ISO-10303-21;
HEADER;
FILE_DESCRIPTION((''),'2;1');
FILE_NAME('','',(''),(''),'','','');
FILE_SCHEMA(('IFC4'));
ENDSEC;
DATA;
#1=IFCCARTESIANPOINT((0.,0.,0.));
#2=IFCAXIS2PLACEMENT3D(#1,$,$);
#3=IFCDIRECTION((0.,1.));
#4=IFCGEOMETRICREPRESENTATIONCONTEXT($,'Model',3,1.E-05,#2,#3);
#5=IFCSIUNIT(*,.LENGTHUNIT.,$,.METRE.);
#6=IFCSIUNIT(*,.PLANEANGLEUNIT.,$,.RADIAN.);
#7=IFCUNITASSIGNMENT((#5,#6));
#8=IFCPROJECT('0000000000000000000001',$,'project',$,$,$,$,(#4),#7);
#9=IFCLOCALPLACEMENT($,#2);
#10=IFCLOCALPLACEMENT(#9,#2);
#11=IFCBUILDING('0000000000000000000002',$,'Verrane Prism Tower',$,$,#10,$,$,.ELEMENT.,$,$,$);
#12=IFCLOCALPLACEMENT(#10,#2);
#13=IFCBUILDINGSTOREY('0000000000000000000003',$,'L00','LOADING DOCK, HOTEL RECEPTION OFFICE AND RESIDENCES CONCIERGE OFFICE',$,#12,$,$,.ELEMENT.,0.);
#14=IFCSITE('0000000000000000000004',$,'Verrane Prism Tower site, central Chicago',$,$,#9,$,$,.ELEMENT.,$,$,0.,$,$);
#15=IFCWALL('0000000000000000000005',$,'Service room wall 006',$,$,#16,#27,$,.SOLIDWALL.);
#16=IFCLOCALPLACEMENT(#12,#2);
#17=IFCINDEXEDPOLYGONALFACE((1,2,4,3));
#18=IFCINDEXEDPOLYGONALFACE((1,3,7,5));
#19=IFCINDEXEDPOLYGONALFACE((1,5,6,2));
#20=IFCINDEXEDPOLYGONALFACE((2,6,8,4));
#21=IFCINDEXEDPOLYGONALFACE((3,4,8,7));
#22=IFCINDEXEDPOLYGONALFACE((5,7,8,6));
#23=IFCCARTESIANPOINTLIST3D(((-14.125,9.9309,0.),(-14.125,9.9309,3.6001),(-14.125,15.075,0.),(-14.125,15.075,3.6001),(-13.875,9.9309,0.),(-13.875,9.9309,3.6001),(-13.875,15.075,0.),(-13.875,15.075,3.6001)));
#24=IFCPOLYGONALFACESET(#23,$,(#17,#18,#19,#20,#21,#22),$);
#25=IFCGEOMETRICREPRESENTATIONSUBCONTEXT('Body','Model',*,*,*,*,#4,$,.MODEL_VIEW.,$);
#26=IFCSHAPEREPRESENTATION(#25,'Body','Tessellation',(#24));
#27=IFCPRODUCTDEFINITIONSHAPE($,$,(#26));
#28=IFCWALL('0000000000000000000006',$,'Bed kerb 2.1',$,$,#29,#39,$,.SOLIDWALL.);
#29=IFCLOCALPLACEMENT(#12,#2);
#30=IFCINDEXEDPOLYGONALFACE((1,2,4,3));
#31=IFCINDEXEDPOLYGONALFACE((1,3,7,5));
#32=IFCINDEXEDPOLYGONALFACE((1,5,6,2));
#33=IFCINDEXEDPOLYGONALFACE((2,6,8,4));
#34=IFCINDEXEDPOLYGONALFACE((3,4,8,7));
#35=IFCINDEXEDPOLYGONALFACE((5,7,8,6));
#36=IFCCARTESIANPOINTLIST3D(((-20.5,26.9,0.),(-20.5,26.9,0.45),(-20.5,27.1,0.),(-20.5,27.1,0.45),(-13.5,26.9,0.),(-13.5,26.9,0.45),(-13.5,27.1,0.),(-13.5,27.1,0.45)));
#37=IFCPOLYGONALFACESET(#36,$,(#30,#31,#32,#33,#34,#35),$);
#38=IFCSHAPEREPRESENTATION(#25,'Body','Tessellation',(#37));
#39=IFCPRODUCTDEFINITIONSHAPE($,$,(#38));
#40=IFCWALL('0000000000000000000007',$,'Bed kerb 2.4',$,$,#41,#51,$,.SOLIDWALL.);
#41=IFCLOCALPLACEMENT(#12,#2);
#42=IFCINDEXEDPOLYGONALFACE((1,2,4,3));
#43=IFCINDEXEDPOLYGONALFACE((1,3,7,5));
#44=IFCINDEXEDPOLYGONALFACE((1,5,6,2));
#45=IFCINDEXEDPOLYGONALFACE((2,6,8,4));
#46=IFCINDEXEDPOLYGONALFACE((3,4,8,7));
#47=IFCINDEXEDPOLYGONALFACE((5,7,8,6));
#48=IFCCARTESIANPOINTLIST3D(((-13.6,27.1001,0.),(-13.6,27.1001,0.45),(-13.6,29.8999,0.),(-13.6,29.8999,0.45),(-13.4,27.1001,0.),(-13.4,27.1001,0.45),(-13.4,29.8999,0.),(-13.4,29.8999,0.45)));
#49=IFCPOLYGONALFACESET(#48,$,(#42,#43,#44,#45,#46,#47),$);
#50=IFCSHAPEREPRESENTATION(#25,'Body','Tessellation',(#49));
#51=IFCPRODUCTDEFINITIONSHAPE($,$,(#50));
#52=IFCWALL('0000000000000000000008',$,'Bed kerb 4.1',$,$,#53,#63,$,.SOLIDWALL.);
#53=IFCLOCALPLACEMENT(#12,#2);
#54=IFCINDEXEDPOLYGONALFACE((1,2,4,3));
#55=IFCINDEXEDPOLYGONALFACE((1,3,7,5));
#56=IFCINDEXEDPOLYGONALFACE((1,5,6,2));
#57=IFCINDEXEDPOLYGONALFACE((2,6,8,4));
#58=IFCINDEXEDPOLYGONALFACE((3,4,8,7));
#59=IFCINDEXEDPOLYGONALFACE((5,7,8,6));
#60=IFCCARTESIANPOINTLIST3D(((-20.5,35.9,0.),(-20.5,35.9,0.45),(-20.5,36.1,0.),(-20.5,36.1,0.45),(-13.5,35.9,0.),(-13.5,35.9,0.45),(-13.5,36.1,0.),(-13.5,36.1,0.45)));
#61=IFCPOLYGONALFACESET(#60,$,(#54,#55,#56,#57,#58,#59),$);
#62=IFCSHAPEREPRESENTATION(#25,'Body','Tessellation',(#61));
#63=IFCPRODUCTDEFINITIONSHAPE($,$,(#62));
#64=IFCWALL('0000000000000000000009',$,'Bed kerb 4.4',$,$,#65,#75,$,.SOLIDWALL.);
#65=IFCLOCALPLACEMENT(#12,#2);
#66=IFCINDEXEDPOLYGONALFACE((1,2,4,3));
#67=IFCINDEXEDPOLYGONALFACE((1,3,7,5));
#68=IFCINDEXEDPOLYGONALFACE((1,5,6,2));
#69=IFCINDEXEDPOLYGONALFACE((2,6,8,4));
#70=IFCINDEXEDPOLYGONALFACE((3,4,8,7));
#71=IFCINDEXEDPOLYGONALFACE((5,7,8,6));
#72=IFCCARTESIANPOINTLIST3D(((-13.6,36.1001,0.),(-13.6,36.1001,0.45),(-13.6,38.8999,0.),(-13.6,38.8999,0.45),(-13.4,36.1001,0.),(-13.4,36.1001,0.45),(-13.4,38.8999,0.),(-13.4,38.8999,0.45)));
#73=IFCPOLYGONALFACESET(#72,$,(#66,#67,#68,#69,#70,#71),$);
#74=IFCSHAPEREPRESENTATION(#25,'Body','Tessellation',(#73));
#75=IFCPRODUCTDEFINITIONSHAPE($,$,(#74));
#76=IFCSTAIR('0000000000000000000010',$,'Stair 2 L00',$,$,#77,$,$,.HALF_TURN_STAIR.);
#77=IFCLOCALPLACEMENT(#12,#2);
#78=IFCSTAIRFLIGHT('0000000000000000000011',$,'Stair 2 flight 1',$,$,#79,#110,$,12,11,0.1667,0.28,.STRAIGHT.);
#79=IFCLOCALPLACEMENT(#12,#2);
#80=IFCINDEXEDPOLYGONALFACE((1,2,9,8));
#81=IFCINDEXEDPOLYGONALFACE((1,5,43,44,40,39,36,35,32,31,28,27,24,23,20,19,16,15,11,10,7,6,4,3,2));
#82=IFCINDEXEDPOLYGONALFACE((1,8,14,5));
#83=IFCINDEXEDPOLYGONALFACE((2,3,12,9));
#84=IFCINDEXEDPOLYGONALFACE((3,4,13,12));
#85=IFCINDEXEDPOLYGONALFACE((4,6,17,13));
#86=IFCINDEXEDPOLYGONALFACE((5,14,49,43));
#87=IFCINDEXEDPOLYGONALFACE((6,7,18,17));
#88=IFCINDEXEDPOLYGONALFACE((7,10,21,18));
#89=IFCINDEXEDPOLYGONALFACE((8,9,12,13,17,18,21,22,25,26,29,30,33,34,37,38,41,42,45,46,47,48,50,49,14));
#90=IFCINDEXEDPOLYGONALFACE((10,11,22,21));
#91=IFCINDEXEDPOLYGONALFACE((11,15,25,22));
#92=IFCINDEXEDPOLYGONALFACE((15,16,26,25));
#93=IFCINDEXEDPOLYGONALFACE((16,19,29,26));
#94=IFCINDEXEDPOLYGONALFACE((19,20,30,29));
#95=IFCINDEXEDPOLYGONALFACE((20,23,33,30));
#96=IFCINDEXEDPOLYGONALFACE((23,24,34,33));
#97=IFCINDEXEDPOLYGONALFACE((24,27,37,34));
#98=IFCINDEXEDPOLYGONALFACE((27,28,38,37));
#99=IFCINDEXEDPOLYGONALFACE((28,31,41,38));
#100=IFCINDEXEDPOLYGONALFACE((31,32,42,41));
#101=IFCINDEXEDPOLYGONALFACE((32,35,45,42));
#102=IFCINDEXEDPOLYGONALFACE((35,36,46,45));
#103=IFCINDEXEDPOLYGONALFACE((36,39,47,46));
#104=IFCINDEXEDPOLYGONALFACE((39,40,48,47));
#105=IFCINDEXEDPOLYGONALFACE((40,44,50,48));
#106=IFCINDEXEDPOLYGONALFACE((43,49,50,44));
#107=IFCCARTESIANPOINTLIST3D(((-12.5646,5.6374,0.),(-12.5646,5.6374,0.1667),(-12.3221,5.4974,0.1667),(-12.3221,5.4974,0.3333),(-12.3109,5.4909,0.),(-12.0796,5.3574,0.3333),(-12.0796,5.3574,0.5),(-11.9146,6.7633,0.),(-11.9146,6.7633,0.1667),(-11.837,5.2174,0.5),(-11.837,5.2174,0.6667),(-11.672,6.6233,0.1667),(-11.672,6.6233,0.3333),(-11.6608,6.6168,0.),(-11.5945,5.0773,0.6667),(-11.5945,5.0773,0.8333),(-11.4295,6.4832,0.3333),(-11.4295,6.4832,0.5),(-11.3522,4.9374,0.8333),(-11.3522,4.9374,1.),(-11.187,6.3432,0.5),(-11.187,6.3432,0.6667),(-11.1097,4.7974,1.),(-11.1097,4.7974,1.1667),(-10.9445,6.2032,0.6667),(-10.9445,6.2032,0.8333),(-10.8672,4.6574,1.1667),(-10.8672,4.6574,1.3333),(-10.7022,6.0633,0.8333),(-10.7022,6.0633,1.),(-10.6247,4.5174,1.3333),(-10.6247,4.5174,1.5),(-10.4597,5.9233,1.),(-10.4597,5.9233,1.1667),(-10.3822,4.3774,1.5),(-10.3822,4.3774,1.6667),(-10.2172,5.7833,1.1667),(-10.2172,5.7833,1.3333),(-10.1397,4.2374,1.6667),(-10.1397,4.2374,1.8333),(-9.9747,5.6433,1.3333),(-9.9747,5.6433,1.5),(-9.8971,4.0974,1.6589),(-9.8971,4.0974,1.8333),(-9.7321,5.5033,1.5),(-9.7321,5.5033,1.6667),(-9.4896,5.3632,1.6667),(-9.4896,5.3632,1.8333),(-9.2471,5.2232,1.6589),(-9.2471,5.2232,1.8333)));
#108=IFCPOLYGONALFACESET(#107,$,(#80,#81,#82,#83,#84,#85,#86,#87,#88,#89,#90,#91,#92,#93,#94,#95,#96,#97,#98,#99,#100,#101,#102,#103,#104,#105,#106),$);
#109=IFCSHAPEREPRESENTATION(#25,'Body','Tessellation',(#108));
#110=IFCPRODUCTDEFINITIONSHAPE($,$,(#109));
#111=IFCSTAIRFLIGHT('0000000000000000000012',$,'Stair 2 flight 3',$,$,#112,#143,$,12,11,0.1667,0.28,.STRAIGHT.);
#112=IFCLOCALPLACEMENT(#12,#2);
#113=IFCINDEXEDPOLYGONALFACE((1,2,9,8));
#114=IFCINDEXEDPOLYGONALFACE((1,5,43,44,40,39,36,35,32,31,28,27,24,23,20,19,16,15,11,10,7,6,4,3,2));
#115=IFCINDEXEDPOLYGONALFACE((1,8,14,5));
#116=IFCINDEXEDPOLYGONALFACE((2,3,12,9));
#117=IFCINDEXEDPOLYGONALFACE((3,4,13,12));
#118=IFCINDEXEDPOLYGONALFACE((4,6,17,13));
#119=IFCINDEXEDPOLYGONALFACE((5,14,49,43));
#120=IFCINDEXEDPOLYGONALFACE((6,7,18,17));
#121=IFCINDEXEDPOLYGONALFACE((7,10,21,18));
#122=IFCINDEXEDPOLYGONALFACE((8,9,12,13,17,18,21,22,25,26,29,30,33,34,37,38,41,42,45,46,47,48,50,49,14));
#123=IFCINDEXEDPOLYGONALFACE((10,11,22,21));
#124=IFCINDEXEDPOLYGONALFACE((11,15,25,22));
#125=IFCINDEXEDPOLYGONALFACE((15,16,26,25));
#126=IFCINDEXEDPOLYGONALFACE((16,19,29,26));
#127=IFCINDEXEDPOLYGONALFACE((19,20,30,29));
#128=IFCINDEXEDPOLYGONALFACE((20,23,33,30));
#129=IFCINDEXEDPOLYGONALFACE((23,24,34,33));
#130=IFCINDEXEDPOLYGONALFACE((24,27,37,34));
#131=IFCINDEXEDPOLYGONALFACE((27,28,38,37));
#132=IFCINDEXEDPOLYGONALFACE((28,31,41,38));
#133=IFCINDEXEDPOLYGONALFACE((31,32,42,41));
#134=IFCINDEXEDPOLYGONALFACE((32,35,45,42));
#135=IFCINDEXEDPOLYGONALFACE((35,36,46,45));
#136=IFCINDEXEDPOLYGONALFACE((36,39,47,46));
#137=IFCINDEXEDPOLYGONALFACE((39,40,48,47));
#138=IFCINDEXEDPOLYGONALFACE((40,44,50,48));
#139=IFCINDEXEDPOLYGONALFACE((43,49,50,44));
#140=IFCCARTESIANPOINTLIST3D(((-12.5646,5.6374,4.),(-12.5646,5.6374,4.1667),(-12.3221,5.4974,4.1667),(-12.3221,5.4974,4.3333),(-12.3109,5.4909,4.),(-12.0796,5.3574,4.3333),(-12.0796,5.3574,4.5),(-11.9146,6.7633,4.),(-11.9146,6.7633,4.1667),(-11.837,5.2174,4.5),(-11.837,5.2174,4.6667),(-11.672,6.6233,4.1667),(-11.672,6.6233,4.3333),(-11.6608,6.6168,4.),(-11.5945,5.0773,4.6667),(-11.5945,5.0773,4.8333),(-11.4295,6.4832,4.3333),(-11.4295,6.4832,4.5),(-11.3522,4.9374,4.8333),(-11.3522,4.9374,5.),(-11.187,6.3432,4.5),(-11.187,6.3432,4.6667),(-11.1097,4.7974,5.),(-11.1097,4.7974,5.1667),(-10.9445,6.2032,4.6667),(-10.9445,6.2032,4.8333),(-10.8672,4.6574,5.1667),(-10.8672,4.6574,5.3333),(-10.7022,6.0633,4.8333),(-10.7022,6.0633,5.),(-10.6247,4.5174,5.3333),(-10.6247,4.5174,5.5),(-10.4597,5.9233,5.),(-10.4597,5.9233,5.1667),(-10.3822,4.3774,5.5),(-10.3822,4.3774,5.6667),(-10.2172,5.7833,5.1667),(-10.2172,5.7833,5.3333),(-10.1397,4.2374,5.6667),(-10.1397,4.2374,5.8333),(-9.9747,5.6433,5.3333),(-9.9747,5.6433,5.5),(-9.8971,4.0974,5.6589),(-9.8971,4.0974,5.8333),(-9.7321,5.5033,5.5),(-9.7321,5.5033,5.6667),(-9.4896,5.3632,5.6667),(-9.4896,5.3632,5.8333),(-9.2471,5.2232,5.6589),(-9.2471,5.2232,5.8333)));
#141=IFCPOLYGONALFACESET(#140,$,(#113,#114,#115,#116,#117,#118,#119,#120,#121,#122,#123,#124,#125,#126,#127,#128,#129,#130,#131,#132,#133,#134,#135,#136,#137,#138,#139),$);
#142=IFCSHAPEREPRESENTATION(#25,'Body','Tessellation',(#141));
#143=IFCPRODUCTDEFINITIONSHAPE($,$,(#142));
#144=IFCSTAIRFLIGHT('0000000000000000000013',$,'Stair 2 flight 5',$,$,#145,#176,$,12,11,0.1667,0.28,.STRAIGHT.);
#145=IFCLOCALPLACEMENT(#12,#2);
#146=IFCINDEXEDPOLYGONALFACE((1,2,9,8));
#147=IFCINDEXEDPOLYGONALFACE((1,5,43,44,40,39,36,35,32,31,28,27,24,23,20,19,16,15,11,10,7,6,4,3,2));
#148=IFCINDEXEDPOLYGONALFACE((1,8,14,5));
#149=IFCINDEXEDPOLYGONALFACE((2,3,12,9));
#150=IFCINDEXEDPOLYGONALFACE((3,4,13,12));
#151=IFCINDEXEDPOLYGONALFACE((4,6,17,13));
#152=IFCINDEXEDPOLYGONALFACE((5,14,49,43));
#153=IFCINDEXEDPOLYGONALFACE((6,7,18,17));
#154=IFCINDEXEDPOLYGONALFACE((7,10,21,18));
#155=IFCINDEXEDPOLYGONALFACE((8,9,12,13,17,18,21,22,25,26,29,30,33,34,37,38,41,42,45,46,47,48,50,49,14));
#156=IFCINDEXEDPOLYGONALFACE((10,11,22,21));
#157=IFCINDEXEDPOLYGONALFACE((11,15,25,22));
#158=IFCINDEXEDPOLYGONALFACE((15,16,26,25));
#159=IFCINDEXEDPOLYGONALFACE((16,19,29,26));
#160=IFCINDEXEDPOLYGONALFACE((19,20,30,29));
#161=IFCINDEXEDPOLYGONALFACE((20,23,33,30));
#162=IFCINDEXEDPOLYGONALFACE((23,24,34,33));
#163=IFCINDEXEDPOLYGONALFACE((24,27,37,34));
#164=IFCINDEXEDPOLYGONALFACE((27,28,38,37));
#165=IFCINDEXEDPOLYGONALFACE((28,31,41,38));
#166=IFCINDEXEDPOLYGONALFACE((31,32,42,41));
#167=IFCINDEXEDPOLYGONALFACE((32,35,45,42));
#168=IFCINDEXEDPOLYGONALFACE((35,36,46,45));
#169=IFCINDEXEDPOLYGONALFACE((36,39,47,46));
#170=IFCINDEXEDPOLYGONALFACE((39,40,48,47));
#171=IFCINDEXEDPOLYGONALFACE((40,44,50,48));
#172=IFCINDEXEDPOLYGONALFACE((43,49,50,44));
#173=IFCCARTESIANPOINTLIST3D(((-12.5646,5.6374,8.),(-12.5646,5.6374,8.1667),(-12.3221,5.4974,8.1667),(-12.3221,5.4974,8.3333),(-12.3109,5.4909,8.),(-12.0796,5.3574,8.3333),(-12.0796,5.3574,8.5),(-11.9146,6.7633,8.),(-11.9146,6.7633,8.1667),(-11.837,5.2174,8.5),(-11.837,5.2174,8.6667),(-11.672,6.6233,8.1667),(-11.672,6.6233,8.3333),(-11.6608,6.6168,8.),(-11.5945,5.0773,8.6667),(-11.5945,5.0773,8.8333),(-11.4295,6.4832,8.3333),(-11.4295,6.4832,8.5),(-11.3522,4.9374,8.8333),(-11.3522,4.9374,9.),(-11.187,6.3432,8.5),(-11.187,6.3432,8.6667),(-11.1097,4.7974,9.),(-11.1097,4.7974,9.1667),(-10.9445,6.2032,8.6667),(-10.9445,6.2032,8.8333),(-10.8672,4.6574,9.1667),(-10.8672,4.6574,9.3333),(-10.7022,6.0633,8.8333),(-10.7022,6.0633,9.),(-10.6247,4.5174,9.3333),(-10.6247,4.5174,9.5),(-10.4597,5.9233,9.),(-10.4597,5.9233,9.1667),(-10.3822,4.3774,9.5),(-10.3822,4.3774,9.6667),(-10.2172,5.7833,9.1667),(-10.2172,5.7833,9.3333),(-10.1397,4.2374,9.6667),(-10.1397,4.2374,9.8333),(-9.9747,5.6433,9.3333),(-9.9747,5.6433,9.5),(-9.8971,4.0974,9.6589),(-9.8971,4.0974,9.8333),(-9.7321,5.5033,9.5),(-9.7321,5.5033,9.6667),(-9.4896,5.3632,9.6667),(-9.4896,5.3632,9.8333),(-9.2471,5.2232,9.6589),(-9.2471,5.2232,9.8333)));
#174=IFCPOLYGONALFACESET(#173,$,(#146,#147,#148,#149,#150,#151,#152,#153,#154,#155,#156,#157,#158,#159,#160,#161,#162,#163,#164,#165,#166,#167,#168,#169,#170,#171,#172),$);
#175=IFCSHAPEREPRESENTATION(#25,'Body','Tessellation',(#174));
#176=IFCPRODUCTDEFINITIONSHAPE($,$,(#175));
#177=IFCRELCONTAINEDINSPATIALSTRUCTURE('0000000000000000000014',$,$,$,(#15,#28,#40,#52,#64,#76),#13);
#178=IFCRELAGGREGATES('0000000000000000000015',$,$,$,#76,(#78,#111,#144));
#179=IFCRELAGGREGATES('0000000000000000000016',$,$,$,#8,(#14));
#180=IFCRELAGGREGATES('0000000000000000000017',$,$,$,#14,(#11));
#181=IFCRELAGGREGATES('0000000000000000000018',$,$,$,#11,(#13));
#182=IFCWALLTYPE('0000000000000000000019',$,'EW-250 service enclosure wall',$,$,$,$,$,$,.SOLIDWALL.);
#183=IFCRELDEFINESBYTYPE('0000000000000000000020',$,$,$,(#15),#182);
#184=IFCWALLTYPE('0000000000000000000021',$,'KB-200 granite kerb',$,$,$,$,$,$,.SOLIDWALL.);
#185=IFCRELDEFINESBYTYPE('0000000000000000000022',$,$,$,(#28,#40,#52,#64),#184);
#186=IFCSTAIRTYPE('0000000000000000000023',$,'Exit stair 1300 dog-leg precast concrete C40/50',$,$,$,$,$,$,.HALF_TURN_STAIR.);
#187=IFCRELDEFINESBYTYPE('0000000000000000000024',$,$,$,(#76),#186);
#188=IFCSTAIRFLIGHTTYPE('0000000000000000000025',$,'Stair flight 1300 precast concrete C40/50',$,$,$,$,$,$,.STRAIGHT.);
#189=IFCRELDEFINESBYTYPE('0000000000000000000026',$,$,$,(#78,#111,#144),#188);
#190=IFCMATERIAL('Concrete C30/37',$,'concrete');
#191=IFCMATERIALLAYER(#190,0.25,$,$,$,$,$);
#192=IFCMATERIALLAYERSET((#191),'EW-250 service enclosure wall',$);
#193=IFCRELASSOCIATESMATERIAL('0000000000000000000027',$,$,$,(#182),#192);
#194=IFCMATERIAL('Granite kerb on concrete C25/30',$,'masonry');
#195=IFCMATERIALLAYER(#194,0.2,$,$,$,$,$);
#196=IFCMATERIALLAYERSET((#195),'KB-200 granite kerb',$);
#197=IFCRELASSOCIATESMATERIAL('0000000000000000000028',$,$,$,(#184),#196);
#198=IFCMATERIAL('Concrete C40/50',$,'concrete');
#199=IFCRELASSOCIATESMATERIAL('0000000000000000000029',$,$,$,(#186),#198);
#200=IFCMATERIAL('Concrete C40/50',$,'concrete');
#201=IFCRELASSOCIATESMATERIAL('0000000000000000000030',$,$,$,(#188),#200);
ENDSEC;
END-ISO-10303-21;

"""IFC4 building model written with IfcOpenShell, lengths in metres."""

from ifc_helpers import new_model, si_unit, direction, frame, frame_2d, origin, place, context, subcontext, project, spatial, polyline, rectangle, outline, extrude, material, layer, layer_set, type_object, element, aggregate, save


model = new_model("IFC4")

# Units and contexts
model_context = context("Model", 3, precision=1e-05, world=origin(), true_north=direction((0.0, 1.0)))
body_context = subcontext(model_context, "Body", "Model", "MODEL_VIEW")
ifc_project = project(units=[si_unit("LENGTHUNIT", "METRE"), si_unit("PLANEANGLEUNIT", "RADIAN")], contexts=[model_context])

# Site, building, storey
site_placement = place(None, origin())
site = spatial("IfcSite", under=ifc_project, at=site_placement, Name="Verrane Prism Tower site, central Chicago", CompositionType="ELEMENT", RefElevation=0.0)
building_placement = place(site_placement, origin())
building = spatial("IfcBuilding", under=site, at=building_placement, Name="Verrane Prism Tower", CompositionType="ELEMENT")
storey_placement = place(building_placement, origin())
storey = spatial("IfcBuildingStorey", under=building, at=storey_placement, Name="L00", Description="LOADING DOCK, HOTEL RECEPTION OFFICE AND RESIDENCES CONCIERGE OFFICE", CompositionType="ELEMENT", Elevation=0.0)

# Shared definitions
ifc_material_1 = material(Name="Concrete C30/37", Category="concrete")
ifc_layer_1 = layer(ifc_material_1, 0.25)
ifc_layer_set_1 = layer_set([ifc_layer_1], Name="EW-250 service enclosure wall")
wall_type_1 = type_object("IfcWallType", Name="EW-250 service enclosure wall", PredefinedType="SOLIDWALL", material=ifc_layer_set_1)

# Walls
wall_1_placement = place(storey_placement, frame((-14.0, 9.9309, 0.0), z_axis=(0.0, 0.0, 1.0), x_axis=(0.0, 1.0, 0.0)))
element("IfcWall", 1, at=wall_1_placement, inside=storey, type_object=wall_type_1, Name="Service room wall 006", PredefinedType="SOLIDWALL", context=body_context, shape_type="SweptSolid", body=[
    extrude(rectangle(XDim=5.144, YDim=0.25, at=frame_2d((2.572, 0.0))), origin(), (0.0, 0.0, 1.0), 3.6001),
])
ifc_material_2 = material(Name="Granite kerb on concrete C25/30", Category="masonry")
ifc_layer_2 = layer(ifc_material_2, 0.2)
ifc_layer_set_2 = layer_set([ifc_layer_2], Name="KB-200 granite kerb")
wall_type_2 = type_object("IfcWallType", Name="KB-200 granite kerb", PredefinedType="SOLIDWALL", material=ifc_layer_set_2)
wall_2_placement = place(storey_placement, frame((-13.5, 27.0, 0.0), z_axis=(0.0, 0.0, 1.0), x_axis=(-1.0, 0.0, 0.0)))
element("IfcWall", 2, at=wall_2_placement, inside=storey, type_object=wall_type_2, Name="Bed kerb 2.1", PredefinedType="SOLIDWALL", context=body_context, shape_type="SweptSolid", body=[
    extrude(rectangle(XDim=7.0, YDim=0.2, at=frame_2d((3.5, 0.0))), origin(), (0.0, 0.0, 1.0), 0.45),
])
wall_3_placement = place(storey_placement, frame((-13.5, 29.8999, 0.0), z_axis=(0.0, 0.0, 1.0), x_axis=(0.0, -1.0, 0.0)))
element("IfcWall", 3, at=wall_3_placement, inside=storey, type_object=wall_type_2, Name="Bed kerb 2.4", PredefinedType="SOLIDWALL", context=body_context, shape_type="SweptSolid", body=[
    extrude(rectangle(XDim=2.7998, YDim=0.2, at=frame_2d((1.3999, 0.0))), origin(), (0.0, 0.0, 1.0), 0.45),
])
wall_4_placement = place(storey_placement, frame((-13.5, 36.0, 0.0), z_axis=(0.0, 0.0, 1.0), x_axis=(-1.0, 0.0, 0.0)))
element("IfcWall", 4, at=wall_4_placement, inside=storey, type_object=wall_type_2, Name="Bed kerb 4.1", PredefinedType="SOLIDWALL", context=body_context, shape_type="SweptSolid", body=[
    extrude(rectangle(XDim=7.0, YDim=0.2, at=frame_2d((3.5, 0.0))), origin(), (0.0, 0.0, 1.0), 0.45),
])
wall_5_placement = place(storey_placement, frame((-13.5, 38.8999, 0.0), z_axis=(0.0, 0.0, 1.0), x_axis=(0.0, -1.0, 0.0)))
element("IfcWall", 5, at=wall_5_placement, inside=storey, type_object=wall_type_2, Name="Bed kerb 4.4", PredefinedType="SOLIDWALL", context=body_context, shape_type="SweptSolid", body=[
    extrude(rectangle(XDim=2.7998, YDim=0.2, at=frame_2d((1.3999, 0.0))), origin(), (0.0, 0.0, 1.0), 0.45),
])

# Stair, stair flights
ifc_material_3 = material(Name="Concrete C40/50", Category="concrete")
stair_type = type_object("IfcStairType", Name="Exit stair 1300 dog-leg precast concrete C40/50", PredefinedType="HALF_TURN_STAIR", material=ifc_material_3)
stair_placement = place(storey_placement, origin())
stair = element("IfcStair", 6, at=stair_placement, inside=storey, type_object=stair_type, Name="Stair 2 L00", PredefinedType="HALF_TURN_STAIR")
ifc_material_4 = material(Name="Concrete C40/50", Category="concrete")
stair_flight_type = type_object("IfcStairFlightType", Name="Stair flight 1300 precast concrete C40/50", PredefinedType="STRAIGHT", material=ifc_material_4)
stair_flight_1_placement = place(storey_placement, frame((-12.2395, 6.2004, 0.0), z_axis=(0.0, 0.0, 1.0), x_axis=(0.866025, -0.5, 0.0)))
stair_flight_1 = element("IfcStairFlight", 7, at=stair_flight_1_placement, type_object=stair_flight_type, Name="Stair 2 flight 1", NumberOfRisers=12, NumberOfTreads=11, PredefinedType="STRAIGHT", RiserHeight=0.1667, TreadLength=0.28, context=body_context, shape_type="SweptSolid", body=[
    extrude(outline(polyline([(0.0, 0.0), (0.0, 0.1667), (0.28, 0.1667), (0.28, 0.3333), (0.5601, 0.3333), (0.5601, 0.5), (0.8401, 0.5), (0.8401, 0.6667), (1.1201, 0.6667), (1.1201, 0.8333), (1.3999, 0.8333), (1.3999, 1.0), (1.6799, 1.0), (1.6799, 1.1667), (1.96, 1.1667), (1.96, 1.3333), (2.24, 1.3333), (2.24, 1.5), (2.52, 1.5), (2.52, 1.6667), (2.8, 1.6667), (2.8, 1.8333), (3.0801, 1.8333), (3.0801, 2.0), (3.0801, 1.6589), (0.293, 0.0), (0.0, 0.0)])), frame((0.0, 0.6499, 0.0), z_axis=(0.0, -1.0, 0.0), x_axis=(1.0, 0.0, 0.0)), (0.0, 0.0, 1.0), 1.3),
])
stair_flight_2_placement = place(storey_placement, frame((-12.2395, 6.2004, 4.0), z_axis=(0.0, 0.0, 1.0), x_axis=(0.866025, -0.5, 0.0)))
stair_flight_2 = element("IfcStairFlight", 8, at=stair_flight_2_placement, type_object=stair_flight_type, Name="Stair 2 flight 3", NumberOfRisers=12, NumberOfTreads=11, PredefinedType="STRAIGHT", RiserHeight=0.1667, TreadLength=0.28, context=body_context, shape_type="SweptSolid", body=[
    extrude(outline(polyline([(0.0, 0.0), (0.0, 0.1667), (0.28, 0.1667), (0.28, 0.3333), (0.5601, 0.3333), (0.5601, 0.5), (0.8401, 0.5), (0.8401, 0.6667), (1.1201, 0.6667), (1.1201, 0.8333), (1.3999, 0.8333), (1.3999, 1.0), (1.6799, 1.0), (1.6799, 1.1667), (1.96, 1.1667), (1.96, 1.3333), (2.24, 1.3333), (2.24, 1.5), (2.52, 1.5), (2.52, 1.6667), (2.8, 1.6667), (2.8, 1.8333), (3.0801, 1.8333), (3.0801, 2.0), (3.0801, 1.6589), (0.293, 0.0), (0.0, 0.0)])), frame((0.0, 0.6499, 0.0), z_axis=(0.0, -1.0, 0.0), x_axis=(1.0, 0.0, 0.0)), (0.0, 0.0, 1.0), 1.3),
])
stair_flight_3_placement = place(storey_placement, frame((-12.2395, 6.2004, 8.0), z_axis=(0.0, 0.0, 1.0), x_axis=(0.866025, -0.5, 0.0)))
stair_flight_3 = element("IfcStairFlight", 9, at=stair_flight_3_placement, type_object=stair_flight_type, Name="Stair 2 flight 5", NumberOfRisers=12, NumberOfTreads=11, PredefinedType="STRAIGHT", RiserHeight=0.1667, TreadLength=0.28, context=body_context, shape_type="SweptSolid", body=[
    extrude(outline(polyline([(0.0, 0.0), (0.0, 0.1667), (0.28, 0.1667), (0.28, 0.3333), (0.5601, 0.3333), (0.5601, 0.5), (0.8401, 0.5), (0.8401, 0.6667), (1.1201, 0.6667), (1.1201, 0.8333), (1.3999, 0.8333), (1.3999, 1.0), (1.6799, 1.0), (1.6799, 1.1667), (1.96, 1.1667), (1.96, 1.3333), (2.24, 1.3333), (2.24, 1.5), (2.52, 1.5), (2.52, 1.6667), (2.8, 1.6667), (2.8, 1.8333), (3.0801, 1.8333), (3.0801, 2.0), (3.0801, 1.6589), (0.293, 0.0), (0.0, 0.0)])), frame((0.0, 0.6499, 0.0), z_axis=(0.0, -1.0, 0.0), x_axis=(1.0, 0.0, 0.0)), (0.0, 0.0, 1.0), 1.3),
])
aggregate(stair, [stair_flight_1, stair_flight_2, stair_flight_3])

save(model, "model.ifc")
